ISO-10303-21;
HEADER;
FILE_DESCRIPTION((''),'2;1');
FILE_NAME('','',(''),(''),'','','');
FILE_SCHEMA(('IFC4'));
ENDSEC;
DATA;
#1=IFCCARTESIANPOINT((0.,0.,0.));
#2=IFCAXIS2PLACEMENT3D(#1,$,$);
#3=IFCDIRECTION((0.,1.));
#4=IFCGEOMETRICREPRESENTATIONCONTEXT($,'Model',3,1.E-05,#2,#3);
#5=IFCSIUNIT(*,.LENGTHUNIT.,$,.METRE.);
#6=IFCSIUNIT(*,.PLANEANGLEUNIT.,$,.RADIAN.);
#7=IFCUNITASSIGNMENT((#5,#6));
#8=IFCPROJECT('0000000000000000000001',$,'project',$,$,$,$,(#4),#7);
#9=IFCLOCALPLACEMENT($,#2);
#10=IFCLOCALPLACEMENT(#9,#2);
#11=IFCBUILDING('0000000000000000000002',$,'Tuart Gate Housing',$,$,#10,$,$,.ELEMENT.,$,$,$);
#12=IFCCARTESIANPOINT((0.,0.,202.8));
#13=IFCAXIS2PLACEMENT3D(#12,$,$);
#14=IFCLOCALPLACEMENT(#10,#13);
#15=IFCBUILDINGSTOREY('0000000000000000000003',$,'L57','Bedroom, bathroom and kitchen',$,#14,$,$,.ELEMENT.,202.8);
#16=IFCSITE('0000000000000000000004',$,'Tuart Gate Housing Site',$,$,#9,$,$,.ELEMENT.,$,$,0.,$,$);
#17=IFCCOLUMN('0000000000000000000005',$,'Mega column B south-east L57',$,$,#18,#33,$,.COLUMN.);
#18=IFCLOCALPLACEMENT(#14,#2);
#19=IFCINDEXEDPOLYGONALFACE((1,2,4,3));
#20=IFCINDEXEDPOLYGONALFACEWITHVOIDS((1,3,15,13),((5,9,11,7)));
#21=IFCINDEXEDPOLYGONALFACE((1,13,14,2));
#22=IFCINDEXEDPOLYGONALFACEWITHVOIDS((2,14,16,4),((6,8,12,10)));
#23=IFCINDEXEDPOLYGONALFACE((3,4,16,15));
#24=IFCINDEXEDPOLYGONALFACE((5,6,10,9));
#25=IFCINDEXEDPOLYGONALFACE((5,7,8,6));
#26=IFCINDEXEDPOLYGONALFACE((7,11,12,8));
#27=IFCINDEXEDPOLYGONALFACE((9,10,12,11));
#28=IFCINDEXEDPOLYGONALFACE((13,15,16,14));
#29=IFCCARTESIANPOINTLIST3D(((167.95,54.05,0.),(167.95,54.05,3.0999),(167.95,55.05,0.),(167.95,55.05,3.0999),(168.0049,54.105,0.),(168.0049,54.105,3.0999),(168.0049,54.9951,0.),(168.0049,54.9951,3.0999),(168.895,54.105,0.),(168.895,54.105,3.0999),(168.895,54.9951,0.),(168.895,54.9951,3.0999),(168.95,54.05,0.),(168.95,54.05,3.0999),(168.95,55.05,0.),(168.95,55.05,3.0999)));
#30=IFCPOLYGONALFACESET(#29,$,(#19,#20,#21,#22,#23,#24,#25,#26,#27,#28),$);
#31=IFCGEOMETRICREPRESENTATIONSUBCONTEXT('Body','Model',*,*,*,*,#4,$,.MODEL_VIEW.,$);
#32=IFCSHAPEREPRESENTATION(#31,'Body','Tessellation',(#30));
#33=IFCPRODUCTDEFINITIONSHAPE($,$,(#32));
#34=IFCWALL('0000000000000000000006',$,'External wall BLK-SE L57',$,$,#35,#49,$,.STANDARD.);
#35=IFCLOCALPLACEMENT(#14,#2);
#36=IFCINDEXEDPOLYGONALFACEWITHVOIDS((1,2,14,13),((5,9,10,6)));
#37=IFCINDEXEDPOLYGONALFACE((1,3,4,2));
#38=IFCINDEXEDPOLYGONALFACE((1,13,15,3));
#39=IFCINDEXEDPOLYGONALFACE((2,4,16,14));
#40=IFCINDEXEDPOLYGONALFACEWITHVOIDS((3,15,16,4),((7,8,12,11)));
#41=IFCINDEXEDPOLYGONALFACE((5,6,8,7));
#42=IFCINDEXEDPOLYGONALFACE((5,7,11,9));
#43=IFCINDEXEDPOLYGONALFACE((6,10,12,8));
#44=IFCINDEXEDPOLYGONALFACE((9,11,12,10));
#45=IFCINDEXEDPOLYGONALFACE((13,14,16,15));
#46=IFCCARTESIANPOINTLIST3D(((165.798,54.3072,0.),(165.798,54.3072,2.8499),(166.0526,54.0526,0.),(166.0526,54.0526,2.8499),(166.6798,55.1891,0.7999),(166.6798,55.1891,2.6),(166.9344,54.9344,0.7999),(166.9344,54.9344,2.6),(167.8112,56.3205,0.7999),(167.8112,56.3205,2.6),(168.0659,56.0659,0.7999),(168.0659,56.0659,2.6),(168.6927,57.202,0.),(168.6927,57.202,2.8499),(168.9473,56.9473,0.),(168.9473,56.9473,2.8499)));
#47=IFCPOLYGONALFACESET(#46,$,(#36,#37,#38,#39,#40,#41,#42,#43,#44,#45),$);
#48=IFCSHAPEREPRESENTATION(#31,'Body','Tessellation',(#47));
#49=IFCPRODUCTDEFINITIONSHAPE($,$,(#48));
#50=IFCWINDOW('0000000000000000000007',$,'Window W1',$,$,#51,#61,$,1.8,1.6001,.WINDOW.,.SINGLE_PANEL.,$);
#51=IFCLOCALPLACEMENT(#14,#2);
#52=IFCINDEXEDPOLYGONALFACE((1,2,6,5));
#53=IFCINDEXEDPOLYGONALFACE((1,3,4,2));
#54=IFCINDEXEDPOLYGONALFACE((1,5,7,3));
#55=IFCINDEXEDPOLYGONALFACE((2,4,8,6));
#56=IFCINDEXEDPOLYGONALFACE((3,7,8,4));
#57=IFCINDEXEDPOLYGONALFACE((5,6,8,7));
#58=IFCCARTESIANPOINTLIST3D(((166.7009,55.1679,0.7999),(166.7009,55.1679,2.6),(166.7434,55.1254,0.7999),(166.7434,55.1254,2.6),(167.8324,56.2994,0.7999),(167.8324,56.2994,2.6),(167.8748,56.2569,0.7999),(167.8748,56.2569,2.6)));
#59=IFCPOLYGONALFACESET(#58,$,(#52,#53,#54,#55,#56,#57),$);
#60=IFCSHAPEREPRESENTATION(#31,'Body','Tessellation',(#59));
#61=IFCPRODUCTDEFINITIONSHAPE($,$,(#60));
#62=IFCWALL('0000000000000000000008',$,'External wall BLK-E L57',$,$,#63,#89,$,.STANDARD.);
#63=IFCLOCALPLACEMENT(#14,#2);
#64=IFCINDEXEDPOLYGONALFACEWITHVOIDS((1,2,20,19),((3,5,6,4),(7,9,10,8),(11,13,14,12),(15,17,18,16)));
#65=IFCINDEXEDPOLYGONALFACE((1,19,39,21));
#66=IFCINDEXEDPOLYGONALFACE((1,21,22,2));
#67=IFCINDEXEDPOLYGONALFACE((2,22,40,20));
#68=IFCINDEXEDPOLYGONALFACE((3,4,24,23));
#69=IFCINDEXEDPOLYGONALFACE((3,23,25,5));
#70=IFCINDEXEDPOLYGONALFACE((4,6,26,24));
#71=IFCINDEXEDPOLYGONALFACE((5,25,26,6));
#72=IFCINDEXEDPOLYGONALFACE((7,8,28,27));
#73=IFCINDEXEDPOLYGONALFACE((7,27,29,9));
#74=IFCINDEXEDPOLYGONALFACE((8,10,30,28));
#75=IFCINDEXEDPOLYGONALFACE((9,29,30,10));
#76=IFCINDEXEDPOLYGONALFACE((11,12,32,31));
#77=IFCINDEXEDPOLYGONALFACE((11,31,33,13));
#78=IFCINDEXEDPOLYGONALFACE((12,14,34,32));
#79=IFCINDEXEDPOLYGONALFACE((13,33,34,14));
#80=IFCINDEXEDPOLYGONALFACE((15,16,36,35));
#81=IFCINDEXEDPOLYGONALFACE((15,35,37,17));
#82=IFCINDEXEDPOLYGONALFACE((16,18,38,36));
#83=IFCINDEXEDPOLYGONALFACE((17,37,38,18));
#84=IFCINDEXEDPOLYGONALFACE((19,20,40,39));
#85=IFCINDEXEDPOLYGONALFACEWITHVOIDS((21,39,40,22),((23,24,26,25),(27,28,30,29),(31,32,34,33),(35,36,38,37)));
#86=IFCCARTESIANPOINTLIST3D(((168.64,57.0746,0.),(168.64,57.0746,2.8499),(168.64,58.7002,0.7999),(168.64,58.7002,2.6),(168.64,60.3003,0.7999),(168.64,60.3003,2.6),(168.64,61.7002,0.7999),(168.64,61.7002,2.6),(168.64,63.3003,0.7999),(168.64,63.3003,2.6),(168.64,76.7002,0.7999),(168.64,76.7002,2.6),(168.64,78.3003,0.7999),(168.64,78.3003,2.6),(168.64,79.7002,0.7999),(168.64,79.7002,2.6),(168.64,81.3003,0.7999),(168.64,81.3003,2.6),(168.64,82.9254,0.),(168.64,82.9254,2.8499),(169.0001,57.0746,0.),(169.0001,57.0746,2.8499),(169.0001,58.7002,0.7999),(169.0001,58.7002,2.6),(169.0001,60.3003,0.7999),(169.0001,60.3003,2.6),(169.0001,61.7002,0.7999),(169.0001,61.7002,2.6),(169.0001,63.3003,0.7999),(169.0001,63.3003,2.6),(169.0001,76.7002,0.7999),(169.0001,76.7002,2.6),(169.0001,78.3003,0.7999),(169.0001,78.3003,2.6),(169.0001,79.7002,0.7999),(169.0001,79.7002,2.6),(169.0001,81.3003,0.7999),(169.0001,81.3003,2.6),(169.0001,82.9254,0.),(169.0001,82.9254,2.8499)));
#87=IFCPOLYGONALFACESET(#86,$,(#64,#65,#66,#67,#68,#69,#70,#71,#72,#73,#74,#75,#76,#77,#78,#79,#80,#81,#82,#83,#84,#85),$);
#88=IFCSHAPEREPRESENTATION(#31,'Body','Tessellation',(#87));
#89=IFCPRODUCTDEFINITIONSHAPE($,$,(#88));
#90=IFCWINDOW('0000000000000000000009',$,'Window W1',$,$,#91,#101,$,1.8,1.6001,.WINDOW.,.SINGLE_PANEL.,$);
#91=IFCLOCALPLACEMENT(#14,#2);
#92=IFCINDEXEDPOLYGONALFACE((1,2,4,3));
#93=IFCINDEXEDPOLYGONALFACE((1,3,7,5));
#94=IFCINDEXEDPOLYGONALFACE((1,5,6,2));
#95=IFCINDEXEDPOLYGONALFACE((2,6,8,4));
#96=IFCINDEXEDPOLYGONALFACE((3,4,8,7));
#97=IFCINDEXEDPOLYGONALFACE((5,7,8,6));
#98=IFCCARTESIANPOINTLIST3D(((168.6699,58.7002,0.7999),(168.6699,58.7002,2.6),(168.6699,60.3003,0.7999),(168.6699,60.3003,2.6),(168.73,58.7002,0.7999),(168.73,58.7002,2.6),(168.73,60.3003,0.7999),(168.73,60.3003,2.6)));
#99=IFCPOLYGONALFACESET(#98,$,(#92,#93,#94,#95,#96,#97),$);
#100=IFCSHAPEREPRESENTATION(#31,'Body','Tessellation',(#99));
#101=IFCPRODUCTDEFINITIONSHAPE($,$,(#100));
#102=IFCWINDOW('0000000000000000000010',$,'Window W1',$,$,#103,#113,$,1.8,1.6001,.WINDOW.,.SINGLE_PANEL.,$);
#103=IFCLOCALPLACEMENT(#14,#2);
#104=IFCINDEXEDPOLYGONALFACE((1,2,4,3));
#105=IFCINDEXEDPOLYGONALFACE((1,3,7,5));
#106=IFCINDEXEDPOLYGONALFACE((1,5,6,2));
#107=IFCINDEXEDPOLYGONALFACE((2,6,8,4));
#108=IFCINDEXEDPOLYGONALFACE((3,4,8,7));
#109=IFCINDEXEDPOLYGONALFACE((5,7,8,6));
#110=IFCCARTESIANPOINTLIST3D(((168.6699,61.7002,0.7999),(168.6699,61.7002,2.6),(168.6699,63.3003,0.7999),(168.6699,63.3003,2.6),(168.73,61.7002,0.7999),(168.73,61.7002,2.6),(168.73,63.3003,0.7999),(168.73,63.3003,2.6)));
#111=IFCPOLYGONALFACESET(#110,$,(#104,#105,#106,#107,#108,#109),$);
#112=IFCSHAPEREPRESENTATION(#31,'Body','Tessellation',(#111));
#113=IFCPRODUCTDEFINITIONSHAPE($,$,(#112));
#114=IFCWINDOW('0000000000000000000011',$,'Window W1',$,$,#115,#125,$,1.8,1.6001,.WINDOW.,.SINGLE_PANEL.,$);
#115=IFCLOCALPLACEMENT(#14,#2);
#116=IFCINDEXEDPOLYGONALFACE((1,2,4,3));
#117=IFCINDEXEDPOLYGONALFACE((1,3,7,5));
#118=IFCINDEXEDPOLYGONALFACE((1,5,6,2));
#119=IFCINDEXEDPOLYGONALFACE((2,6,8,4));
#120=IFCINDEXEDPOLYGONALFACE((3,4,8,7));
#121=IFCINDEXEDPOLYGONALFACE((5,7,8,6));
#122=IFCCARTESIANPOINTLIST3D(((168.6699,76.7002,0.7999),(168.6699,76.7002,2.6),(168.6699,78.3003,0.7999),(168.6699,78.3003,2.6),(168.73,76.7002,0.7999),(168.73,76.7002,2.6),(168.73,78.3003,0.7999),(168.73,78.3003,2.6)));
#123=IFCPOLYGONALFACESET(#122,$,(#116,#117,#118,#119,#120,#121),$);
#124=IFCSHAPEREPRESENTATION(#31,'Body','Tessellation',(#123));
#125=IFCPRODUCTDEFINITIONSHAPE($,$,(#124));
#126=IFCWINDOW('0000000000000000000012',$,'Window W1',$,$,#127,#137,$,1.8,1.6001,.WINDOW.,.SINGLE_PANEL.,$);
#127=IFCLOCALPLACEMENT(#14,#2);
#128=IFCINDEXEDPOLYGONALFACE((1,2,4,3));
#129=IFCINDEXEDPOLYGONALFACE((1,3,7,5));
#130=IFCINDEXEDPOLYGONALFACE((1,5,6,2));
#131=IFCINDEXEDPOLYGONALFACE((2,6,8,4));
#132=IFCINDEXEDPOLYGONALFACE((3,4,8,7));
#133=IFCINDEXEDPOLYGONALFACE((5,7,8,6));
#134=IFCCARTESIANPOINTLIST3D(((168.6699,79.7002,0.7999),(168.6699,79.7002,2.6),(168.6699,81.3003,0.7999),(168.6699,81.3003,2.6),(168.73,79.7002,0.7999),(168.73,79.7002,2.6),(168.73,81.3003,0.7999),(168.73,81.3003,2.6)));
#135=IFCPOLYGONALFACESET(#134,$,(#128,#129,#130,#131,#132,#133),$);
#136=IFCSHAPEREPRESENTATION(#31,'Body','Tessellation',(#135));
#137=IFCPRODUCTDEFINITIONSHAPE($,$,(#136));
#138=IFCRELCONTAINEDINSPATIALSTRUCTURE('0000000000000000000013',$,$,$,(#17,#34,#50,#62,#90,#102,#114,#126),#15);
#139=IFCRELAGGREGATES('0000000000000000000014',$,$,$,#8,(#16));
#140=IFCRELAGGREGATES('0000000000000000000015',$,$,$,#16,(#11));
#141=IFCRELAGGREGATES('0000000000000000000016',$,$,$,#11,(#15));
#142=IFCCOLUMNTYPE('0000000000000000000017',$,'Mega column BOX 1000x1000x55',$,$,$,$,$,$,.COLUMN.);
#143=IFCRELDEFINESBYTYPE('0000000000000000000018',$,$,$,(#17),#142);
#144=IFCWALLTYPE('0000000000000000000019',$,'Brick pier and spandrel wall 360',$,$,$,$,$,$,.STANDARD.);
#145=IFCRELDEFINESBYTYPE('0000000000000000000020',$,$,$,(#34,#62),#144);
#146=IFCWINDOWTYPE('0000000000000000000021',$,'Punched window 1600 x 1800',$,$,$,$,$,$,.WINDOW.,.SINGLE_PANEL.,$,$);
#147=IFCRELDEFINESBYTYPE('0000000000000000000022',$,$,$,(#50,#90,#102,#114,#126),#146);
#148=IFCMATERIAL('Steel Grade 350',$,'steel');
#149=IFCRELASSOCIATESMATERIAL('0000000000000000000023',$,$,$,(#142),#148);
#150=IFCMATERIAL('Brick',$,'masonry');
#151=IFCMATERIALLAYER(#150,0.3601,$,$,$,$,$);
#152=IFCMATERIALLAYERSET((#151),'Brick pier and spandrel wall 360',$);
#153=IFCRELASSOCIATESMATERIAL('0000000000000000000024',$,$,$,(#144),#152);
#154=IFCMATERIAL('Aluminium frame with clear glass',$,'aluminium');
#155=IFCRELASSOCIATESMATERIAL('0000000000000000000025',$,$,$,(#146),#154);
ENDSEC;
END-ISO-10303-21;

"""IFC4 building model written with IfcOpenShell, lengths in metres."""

from ifc_helpers import new_model, si_unit, direction, frame, frame_2d, origin, origin_2d, place, context, subcontext, project, spatial, rectangle, hollow_rectangle, extrude, material, layer, layer_set, material_profile, profile_set, type_object, element, fill, save


model = new_model("IFC4")

# Units and contexts
model_context = context("Model", 3, precision=1e-05, world=origin(), true_north=direction((0.0, 1.0)))
body_context = subcontext(model_context, "Body", "Model", "MODEL_VIEW")
ifc_project = project(units=[si_unit("LENGTHUNIT", "METRE"), si_unit("PLANEANGLEUNIT", "RADIAN")], contexts=[model_context])

# Site, building, storey
site_placement = place(None, origin())
site = spatial("IfcSite", under=ifc_project, at=site_placement, Name="Tuart Gate Housing Site", CompositionType="ELEMENT", RefElevation=0.0)
building_placement = place(site_placement, origin())
building = spatial("IfcBuilding", under=site, at=building_placement, Name="Tuart Gate Housing", CompositionType="ELEMENT")
storey_placement = place(building_placement, frame((0.0, 0.0, 202.8)))
storey = spatial("IfcBuildingStorey", under=building, at=storey_placement, Name="L57", Description="Bedroom, bathroom and kitchen", CompositionType="ELEMENT", Elevation=202.8)

# Column
ifc_material_1 = material(Name="Steel Grade 350", Category="steel")
ifc_material_profile = material_profile(ifc_material_1, hollow_rectangle(XDim=1.0, YDim=1.0, WallThickness=0.0549, at=origin_2d()), Name="BOX 1000x1000x55")
ifc_profile_set = profile_set([ifc_material_profile], Name="Steel Grade 350")
column_type = type_object("IfcColumnType", Name="Mega column BOX 1000x1000x55", PredefinedType="COLUMN", material=ifc_profile_set)
column_placement = place(storey_placement, frame((168.45, 54.55, 0.0), z_axis=(0.0, 0.0, 1.0), x_axis=(1.0, 0.0, 0.0)))
element("IfcColumn", 1, at=column_placement, inside=storey, type_object=column_type, Name="Mega column B south-east L57", PredefinedType="COLUMN", context=body_context, shape_type="SweptSolid", body=[
    extrude(hollow_rectangle(XDim=1.0, YDim=1.0, WallThickness=0.0549, at=origin_2d()), origin(), (0.0, 0.0, 1.0), 3.0999),
])

# Wall, opening, window
ifc_material_2 = material(Name="Brick", Category="masonry")
ifc_layer_1 = layer(ifc_material_2, 0.3601)
ifc_layer_set_1 = layer_set([ifc_layer_1], Name="Brick pier and spandrel wall 360")
wall_type_1 = type_object("IfcWallType", Name="Brick pier and spandrel wall 360", PredefinedType="STANDARD", material=ifc_layer_set_1)
wall_1_placement = place(storey_placement, frame((165.9253, 54.1799, 0.0), z_axis=(0.0, 0.0, 1.0), x_axis=(0.707107, 0.707107, 0.0)))
wall_1 = element("IfcWall", 2, at=wall_1_placement, inside=storey, type_object=wall_type_1, Name="External wall BLK-SE L57", PredefinedType="STANDARD", context=body_context, shape_type="SweptSolid", body=[
    extrude(rectangle(XDim=4.0938, YDim=0.3601, at=frame_2d((2.0469, 0.0))), origin(), (0.0, 0.0, 1.0), 2.8499),
])
opening_1_placement = place(wall_1_placement, frame((1.2471, 0.0, 0.8)))
opening_1 = element("IfcOpeningElement", 3, at=opening_1_placement, cuts=wall_1, PredefinedType="OPENING", context=body_context, shape_type="SweptSolid", body=[
    extrude(rectangle(XDim=1.6001, YDim=1.8, at=frame_2d((0.8, 0.8999))), frame((0.0, 0.1899, 0.0), z_axis=(0.0, -1.0, 0.0), x_axis=(1.0, 0.0, 0.0)), (0.0, 0.0, 1.0), 0.3801),
])
ifc_material_3 = material(Name="Aluminium frame with clear glass", Category="aluminium")
window_type = type_object("IfcWindowType", Name="Punched window 1600 x 1800", PartitioningType="SINGLE_PANEL", PredefinedType="WINDOW", material=ifc_material_3)
window_1_placement = place(opening_1_placement, origin())
window_1 = element("IfcWindow", 4, at=window_1_placement, inside=storey, type_object=window_type, Name="Window W1", OverallHeight=1.8, OverallWidth=1.6001, PartitioningType="SINGLE_PANEL", PredefinedType="WINDOW", context=body_context, shape_type="SweptSolid", body=[
    extrude(rectangle(XDim=1.6001, YDim=1.8, at=frame_2d((0.8, 0.8999))), frame((0.0, 0.1501, 0.0), z_axis=(0.0, -1.0, 0.0), x_axis=(1.0, 0.0, 0.0)), (0.0, 0.0, 1.0), 0.0601),
])
fill(opening_1, window_1)

# Wall, openings, windows
wall_2_placement = place(storey_placement, frame((168.8201, 57.0747, 0.0), z_axis=(0.0, 0.0, 1.0), x_axis=(0.0, 1.0, 0.0)))
wall_2 = element("IfcWall", 5, at=wall_2_placement, inside=storey, type_object=wall_type_1, Name="External wall BLK-E L57", PredefinedType="STANDARD", context=body_context, shape_type="SweptSolid", body=[
    extrude(rectangle(XDim=25.8508, YDim=0.3601, at=frame_2d((12.9253, 0.0))), origin(), (0.0, 0.0, 1.0), 2.8499),
])
opening_2_placement = place(wall_2_placement, frame((1.6255, 0.0, 0.8)))
opening_2 = element("IfcOpeningElement", 6, at=opening_2_placement, cuts=wall_2, PredefinedType="OPENING", context=body_context, shape_type="SweptSolid", body=[
    extrude(rectangle(XDim=1.6001, YDim=1.8, at=frame_2d((0.8, 0.8999))), frame((0.0, 0.1899, 0.0), z_axis=(0.0, -1.0, 0.0), x_axis=(1.0, 0.0, 0.0)), (0.0, 0.0, 1.0), 0.3801),
])
opening_3_placement = place(wall_2_placement, frame((4.6255, 0.0, 0.8)))
opening_3 = element("IfcOpeningElement", 7, at=opening_3_placement, cuts=wall_2, PredefinedType="OPENING", context=body_context, shape_type="SweptSolid", body=[
    extrude(rectangle(XDim=1.6001, YDim=1.8, at=frame_2d((0.8, 0.8999))), frame((0.0, 0.1899, 0.0), z_axis=(0.0, -1.0, 0.0), x_axis=(1.0, 0.0, 0.0)), (0.0, 0.0, 1.0), 0.3801),
])
opening_4_placement = place(wall_2_placement, frame((19.6255, 0.0, 0.8)))
opening_4 = element("IfcOpeningElement", 8, at=opening_4_placement, cuts=wall_2, PredefinedType="OPENING", context=body_context, shape_type="SweptSolid", body=[
    extrude(rectangle(XDim=1.6001, YDim=1.8, at=frame_2d((0.8, 0.8999))), frame((0.0, 0.1899, 0.0), z_axis=(0.0, -1.0, 0.0), x_axis=(1.0, 0.0, 0.0)), (0.0, 0.0, 1.0), 0.3801),
])
opening_5_placement = place(wall_2_placement, frame((22.6255, 0.0, 0.8)))
opening_5 = element("IfcOpeningElement", 9, at=opening_5_placement, cuts=wall_2, PredefinedType="OPENING", context=body_context, shape_type="SweptSolid", body=[
    extrude(rectangle(XDim=1.6001, YDim=1.8, at=frame_2d((0.8, 0.8999))), frame((0.0, 0.1899, 0.0), z_axis=(0.0, -1.0, 0.0), x_axis=(1.0, 0.0, 0.0)), (0.0, 0.0, 1.0), 0.3801),
])
window_2_placement = place(opening_2_placement, origin())
window_2 = element("IfcWindow", 10, at=window_2_placement, inside=storey, type_object=window_type, Name="Window W1", OverallHeight=1.8, OverallWidth=1.6001, PartitioningType="SINGLE_PANEL", PredefinedType="WINDOW", context=body_context, shape_type="SweptSolid", body=[
    extrude(rectangle(XDim=1.6001, YDim=1.8, at=frame_2d((0.8, 0.8999))), frame((0.0, 0.1501, 0.0), z_axis=(0.0, -1.0, 0.0), x_axis=(1.0, 0.0, 0.0)), (0.0, 0.0, 1.0), 0.0601),
])
fill(opening_2, window_2)
window_3_placement = place(opening_3_placement, origin())
window_3 = element("IfcWindow", 11, at=window_3_placement, inside=storey, type_object=window_type, Name="Window W1", OverallHeight=1.8, OverallWidth=1.6001, PartitioningType="SINGLE_PANEL", PredefinedType="WINDOW", context=body_context, shape_type="SweptSolid", body=[
    extrude(rectangle(XDim=1.6001, YDim=1.8, at=frame_2d((0.8, 0.8999))), frame((0.0, 0.1501, 0.0), z_axis=(0.0, -1.0, 0.0), x_axis=(1.0, 0.0, 0.0)), (0.0, 0.0, 1.0), 0.0601),
])
fill(opening_3, window_3)
window_4_placement = place(opening_4_placement, origin())
window_4 = element("IfcWindow", 12, at=window_4_placement, inside=storey, type_object=window_type, Name="Window W1", OverallHeight=1.8, OverallWidth=1.6001, PartitioningType="SINGLE_PANEL", PredefinedType="WINDOW", context=body_context, shape_type="SweptSolid", body=[
    extrude(rectangle(XDim=1.6001, YDim=1.8, at=frame_2d((0.8, 0.8999))), frame((0.0, 0.1501, 0.0), z_axis=(0.0, -1.0, 0.0), x_axis=(1.0, 0.0, 0.0)), (0.0, 0.0, 1.0), 0.0601),
])
fill(opening_4, window_4)
window_5_placement = place(opening_5_placement, origin())
window_5 = element("IfcWindow", 13, at=window_5_placement, inside=storey, type_object=window_type, Name="Window W1", OverallHeight=1.8, OverallWidth=1.6001, PartitioningType="SINGLE_PANEL", PredefinedType="WINDOW", context=body_context, shape_type="SweptSolid", body=[
    extrude(rectangle(XDim=1.6001, YDim=1.8, at=frame_2d((0.8, 0.8999))), frame((0.0, 0.1501, 0.0), z_axis=(0.0, -1.0, 0.0), x_axis=(1.0, 0.0, 0.0)), (0.0, 0.0, 1.0), 0.0601),
])
fill(opening_5, window_5)

save(model, "model.ifc")
